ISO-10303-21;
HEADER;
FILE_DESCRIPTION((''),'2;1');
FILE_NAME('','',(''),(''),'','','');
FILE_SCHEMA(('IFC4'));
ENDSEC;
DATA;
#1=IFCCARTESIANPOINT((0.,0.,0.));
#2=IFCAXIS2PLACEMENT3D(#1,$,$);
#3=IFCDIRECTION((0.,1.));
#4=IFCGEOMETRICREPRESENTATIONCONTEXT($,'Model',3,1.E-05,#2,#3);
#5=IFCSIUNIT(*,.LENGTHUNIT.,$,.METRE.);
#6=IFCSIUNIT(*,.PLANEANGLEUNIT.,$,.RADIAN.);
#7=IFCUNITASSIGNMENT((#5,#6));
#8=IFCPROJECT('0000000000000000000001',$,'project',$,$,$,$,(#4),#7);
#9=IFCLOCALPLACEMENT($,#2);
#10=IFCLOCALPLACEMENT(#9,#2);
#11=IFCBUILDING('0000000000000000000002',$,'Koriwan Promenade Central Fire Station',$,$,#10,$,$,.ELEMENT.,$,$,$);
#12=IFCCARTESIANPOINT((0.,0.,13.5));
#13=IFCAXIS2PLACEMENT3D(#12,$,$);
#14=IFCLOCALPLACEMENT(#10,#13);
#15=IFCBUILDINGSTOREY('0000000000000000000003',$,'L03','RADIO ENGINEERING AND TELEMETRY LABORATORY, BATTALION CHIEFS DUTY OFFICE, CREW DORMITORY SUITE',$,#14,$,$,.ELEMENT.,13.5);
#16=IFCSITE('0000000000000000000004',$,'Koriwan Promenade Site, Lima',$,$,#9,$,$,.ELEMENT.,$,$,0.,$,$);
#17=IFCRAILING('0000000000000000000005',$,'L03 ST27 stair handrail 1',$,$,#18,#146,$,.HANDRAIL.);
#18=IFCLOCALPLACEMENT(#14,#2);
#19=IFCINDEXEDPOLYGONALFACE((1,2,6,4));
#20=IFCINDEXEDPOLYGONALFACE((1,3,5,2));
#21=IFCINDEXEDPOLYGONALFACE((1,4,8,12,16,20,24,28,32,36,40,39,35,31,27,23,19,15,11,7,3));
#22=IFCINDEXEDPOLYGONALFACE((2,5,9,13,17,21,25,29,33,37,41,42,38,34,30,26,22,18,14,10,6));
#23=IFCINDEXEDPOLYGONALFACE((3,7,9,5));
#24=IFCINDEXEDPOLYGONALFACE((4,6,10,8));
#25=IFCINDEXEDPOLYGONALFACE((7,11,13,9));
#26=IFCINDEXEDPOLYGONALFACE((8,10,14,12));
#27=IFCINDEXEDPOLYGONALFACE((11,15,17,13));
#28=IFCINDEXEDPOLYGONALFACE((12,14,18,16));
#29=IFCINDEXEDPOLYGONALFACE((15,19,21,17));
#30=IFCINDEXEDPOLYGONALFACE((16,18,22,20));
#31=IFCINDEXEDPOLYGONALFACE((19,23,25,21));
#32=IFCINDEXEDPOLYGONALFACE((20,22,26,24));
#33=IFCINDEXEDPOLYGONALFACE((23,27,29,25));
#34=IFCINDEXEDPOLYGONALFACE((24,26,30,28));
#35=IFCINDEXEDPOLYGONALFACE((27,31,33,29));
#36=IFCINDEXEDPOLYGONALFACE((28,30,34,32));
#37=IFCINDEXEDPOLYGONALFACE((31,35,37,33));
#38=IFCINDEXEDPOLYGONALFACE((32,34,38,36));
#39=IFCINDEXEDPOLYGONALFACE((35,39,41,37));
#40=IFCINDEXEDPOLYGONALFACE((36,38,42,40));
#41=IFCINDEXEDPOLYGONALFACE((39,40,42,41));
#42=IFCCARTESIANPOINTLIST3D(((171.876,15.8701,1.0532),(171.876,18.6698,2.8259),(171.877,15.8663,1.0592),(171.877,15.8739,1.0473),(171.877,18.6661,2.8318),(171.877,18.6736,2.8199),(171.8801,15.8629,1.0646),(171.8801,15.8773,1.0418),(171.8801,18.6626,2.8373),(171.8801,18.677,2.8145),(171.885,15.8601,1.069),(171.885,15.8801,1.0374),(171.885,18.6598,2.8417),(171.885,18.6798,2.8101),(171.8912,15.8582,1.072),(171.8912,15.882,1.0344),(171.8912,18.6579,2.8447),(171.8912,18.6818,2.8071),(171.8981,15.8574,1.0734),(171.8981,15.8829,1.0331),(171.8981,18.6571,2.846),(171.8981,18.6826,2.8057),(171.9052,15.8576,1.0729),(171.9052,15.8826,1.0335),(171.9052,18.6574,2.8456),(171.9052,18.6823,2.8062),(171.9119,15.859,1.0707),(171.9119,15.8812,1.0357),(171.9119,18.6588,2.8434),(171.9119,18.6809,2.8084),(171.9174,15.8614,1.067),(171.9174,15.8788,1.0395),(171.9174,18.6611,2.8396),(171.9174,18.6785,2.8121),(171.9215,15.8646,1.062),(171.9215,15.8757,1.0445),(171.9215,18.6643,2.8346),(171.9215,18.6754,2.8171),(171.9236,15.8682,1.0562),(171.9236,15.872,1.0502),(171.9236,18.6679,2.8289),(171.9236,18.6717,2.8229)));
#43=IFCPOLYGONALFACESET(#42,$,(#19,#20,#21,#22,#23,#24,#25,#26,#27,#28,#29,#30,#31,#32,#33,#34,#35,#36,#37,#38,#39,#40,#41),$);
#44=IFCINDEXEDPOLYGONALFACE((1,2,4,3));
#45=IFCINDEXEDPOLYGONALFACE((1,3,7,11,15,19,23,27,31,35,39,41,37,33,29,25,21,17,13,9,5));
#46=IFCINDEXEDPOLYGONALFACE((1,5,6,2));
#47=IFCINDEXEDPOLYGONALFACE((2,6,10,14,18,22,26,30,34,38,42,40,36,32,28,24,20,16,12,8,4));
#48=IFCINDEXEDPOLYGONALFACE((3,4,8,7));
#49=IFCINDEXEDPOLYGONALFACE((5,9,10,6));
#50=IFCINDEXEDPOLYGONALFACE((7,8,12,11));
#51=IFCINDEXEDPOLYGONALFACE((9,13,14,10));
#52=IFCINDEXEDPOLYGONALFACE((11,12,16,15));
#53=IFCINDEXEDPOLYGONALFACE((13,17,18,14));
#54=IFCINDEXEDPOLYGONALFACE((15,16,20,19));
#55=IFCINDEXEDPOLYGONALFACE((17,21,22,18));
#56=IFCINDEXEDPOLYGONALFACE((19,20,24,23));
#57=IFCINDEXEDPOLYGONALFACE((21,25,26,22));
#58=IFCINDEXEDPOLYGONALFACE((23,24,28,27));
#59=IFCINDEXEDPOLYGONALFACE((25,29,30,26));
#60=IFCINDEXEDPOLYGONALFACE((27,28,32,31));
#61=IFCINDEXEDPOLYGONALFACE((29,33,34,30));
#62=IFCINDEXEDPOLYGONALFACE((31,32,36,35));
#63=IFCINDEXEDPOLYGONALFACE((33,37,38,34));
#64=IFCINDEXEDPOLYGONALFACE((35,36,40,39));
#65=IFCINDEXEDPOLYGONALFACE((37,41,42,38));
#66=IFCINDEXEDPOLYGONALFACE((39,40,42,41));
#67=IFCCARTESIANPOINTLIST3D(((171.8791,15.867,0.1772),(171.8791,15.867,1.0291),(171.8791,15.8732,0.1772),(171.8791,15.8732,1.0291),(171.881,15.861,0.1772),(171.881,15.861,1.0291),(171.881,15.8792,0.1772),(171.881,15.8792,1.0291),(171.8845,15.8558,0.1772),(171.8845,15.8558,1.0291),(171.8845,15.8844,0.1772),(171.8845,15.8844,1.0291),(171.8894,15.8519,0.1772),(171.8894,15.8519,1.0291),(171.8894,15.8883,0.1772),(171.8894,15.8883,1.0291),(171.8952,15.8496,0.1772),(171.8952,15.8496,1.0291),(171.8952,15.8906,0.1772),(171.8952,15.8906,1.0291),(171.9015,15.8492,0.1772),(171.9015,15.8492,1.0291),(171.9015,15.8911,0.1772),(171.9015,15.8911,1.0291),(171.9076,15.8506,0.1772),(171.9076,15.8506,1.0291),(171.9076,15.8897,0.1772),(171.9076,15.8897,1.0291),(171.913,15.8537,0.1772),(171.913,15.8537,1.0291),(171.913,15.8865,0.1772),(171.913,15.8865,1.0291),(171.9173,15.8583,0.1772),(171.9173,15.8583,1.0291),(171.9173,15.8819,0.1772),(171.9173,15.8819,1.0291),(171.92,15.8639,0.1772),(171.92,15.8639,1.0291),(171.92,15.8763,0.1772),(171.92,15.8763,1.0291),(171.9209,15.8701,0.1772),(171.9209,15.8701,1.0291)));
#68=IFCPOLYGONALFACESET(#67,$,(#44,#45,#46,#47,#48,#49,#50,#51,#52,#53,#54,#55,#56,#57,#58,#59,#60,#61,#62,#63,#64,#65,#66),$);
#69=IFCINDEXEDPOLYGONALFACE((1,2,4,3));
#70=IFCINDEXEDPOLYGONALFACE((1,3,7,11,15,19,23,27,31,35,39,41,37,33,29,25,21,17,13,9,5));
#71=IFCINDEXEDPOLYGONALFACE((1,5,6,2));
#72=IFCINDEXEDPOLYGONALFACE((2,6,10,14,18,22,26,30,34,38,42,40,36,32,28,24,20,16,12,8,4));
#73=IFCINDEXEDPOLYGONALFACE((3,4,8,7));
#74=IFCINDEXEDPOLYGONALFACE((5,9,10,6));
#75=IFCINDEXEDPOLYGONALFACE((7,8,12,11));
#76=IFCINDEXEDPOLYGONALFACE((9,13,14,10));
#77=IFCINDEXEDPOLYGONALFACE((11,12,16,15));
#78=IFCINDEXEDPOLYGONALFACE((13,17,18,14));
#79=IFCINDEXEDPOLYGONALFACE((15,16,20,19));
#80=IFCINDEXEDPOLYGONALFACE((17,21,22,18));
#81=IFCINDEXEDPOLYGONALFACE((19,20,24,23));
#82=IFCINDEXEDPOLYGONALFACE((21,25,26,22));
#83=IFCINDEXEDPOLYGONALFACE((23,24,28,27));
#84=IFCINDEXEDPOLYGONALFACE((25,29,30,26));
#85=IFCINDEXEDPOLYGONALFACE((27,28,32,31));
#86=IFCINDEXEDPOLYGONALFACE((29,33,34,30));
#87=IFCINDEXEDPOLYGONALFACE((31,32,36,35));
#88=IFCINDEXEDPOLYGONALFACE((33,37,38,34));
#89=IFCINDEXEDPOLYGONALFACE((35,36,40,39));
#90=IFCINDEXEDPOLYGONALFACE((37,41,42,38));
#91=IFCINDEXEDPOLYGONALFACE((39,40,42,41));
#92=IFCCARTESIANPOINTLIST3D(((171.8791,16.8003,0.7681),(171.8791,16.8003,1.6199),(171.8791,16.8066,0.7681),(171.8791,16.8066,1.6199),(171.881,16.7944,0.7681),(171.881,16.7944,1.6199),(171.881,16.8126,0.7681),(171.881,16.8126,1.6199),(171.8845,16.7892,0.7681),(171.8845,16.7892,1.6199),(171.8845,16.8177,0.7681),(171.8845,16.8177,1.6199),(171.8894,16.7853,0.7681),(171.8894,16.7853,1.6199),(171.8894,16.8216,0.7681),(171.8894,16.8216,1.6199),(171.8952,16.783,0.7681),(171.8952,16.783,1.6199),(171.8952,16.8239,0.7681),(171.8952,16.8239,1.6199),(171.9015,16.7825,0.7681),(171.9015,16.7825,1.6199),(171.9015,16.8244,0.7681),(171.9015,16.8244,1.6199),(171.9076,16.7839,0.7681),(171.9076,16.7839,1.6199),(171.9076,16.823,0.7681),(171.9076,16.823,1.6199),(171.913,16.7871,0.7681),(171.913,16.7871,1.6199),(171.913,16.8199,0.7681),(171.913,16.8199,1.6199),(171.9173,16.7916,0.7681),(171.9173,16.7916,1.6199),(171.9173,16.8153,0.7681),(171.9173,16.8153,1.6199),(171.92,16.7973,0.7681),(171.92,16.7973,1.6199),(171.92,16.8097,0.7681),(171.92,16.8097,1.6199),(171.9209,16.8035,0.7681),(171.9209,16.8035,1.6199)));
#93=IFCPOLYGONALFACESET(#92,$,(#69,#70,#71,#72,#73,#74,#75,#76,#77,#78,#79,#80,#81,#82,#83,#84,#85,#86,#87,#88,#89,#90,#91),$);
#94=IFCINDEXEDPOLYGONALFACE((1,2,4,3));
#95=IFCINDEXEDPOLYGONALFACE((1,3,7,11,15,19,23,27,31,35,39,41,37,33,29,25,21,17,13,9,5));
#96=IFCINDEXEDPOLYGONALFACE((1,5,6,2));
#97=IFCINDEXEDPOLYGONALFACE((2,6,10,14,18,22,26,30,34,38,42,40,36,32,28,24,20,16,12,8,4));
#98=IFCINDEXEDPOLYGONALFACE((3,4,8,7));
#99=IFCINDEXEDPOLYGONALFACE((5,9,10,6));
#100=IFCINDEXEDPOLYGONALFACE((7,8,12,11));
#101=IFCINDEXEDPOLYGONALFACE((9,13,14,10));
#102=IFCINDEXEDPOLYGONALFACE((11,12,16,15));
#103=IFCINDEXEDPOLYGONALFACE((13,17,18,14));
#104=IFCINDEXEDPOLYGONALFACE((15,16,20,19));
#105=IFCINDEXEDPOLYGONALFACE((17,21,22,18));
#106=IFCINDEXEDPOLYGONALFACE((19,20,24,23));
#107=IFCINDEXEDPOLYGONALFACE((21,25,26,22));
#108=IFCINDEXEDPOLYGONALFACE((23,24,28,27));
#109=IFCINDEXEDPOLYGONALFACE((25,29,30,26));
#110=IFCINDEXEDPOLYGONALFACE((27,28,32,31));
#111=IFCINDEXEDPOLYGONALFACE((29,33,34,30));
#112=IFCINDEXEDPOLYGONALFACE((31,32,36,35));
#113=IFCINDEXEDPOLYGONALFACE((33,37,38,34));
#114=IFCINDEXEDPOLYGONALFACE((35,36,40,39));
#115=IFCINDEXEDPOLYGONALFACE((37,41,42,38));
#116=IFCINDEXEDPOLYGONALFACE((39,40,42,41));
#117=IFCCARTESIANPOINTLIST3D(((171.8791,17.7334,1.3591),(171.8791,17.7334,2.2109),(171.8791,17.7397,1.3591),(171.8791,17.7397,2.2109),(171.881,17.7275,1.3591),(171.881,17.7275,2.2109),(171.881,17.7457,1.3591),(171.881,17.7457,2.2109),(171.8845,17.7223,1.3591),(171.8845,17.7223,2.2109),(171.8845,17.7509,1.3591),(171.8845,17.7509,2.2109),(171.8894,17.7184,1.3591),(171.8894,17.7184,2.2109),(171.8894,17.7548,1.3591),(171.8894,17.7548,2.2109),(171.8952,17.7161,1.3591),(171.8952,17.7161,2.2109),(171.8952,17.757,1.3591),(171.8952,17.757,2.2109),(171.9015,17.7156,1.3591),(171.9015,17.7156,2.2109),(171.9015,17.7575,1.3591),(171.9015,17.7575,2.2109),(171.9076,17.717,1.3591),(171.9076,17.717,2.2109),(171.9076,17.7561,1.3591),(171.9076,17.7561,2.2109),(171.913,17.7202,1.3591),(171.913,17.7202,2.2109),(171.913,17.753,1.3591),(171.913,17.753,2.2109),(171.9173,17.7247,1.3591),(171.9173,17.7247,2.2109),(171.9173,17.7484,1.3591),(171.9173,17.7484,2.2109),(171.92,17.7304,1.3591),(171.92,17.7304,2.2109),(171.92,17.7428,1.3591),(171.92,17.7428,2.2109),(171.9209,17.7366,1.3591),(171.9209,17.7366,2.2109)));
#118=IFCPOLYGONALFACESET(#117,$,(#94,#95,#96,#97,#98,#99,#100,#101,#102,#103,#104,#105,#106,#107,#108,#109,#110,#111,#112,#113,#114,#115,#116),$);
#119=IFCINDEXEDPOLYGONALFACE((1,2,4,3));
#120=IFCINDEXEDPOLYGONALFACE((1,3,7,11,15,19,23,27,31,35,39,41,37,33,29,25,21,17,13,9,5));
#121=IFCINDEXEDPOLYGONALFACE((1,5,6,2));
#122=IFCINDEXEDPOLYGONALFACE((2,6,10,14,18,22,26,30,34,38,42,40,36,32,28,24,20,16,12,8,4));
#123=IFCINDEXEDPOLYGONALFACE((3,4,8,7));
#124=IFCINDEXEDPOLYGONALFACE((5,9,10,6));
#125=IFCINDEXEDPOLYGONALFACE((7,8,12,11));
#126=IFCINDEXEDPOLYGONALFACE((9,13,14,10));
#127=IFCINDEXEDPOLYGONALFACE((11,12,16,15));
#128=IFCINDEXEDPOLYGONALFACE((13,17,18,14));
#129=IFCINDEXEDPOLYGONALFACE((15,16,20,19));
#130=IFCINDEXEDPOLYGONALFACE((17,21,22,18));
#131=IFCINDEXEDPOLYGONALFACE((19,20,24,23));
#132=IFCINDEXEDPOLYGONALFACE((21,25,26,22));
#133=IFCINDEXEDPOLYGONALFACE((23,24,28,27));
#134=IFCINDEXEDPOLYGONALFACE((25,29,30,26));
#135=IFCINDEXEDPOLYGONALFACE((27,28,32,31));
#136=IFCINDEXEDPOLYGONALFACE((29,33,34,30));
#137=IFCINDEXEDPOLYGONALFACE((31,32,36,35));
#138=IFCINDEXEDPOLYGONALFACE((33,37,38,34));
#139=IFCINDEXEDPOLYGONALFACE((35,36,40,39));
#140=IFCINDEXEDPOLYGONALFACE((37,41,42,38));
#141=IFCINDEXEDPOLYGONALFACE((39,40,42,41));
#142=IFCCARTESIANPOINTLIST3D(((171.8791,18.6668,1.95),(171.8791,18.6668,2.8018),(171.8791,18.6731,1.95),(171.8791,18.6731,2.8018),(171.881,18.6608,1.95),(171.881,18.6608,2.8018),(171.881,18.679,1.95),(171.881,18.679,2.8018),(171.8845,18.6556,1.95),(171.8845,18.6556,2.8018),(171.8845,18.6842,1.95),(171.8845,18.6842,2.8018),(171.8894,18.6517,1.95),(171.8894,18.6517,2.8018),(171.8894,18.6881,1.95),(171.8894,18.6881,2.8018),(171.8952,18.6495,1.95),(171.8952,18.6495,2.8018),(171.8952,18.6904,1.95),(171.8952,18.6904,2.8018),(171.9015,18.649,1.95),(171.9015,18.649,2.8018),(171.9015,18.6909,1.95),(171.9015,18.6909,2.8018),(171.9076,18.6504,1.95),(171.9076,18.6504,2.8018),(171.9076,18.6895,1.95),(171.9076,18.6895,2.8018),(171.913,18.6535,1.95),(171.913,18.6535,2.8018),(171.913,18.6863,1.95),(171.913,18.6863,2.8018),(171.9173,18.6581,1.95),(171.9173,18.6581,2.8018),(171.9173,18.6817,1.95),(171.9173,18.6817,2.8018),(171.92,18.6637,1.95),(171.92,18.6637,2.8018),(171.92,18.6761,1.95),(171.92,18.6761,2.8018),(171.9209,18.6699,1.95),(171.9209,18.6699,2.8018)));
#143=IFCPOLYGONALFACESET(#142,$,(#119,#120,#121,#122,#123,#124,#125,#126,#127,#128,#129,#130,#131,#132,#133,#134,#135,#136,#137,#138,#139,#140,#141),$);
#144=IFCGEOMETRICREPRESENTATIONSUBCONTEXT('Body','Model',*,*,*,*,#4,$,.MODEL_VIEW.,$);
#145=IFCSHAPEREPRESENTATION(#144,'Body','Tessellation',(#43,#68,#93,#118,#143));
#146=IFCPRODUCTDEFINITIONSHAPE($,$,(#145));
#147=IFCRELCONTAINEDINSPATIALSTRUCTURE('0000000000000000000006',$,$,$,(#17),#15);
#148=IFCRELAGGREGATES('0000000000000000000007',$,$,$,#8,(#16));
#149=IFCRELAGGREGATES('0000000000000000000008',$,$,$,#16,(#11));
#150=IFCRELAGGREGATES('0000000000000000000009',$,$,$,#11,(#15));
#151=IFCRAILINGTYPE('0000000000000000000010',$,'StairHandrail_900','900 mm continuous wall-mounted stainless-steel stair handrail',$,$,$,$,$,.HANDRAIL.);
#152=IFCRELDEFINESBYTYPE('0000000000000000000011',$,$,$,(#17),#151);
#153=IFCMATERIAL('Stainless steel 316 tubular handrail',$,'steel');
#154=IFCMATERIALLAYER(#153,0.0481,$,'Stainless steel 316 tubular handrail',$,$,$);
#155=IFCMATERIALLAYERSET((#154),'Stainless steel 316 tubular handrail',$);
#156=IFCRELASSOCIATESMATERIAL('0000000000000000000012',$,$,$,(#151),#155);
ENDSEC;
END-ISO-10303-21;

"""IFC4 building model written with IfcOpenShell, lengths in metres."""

from ifc_helpers import new_model, si_unit, direction, frame, origin, origin_2d, place, context, subcontext, project, spatial, circle, extrude, material, layer, layer_set, type_object, element, save


model = new_model("IFC4")

# Units and contexts
model_context = context("Model", 3, precision=1e-05, world=origin(), true_north=direction((0.0, 1.0)))
body_context = subcontext(model_context, "Body", "Model", "MODEL_VIEW")
ifc_project = project(units=[si_unit("LENGTHUNIT", "METRE"), si_unit("PLANEANGLEUNIT", "RADIAN")], contexts=[model_context])

# Site, building, storey
site_placement = place(None, origin())
site = spatial("IfcSite", under=ifc_project, at=site_placement, Name="Koriwan Promenade Site, Lima", CompositionType="ELEMENT", RefElevation=0.0)
building_placement = place(site_placement, origin())
building = spatial("IfcBuilding", under=site, at=building_placement, Name="Koriwan Promenade Central Fire Station", CompositionType="ELEMENT")
storey_placement = place(building_placement, frame((0.0, 0.0, 13.5)))
storey = spatial("IfcBuildingStorey", under=building, at=storey_placement, Name="L03", Description="RADIO ENGINEERING AND TELEMETRY LABORATORY, BATTALION CHIEFS DUTY OFFICE, CREW DORMITORY SUITE", CompositionType="ELEMENT", Elevation=13.5)

# Railing
ifc_material_1 = material(Name="Stainless steel 316 tubular handrail", Category="steel")
ifc_layer_1 = layer(ifc_material_1, 0.0481, Name="Stainless steel 316 tubular handrail")
ifc_layer_set_1 = layer_set([ifc_layer_1], Name="Stainless steel 316 tubular handrail")
railing_type_1 = type_object("IfcRailingType", Name="StairHandrail_900", Description="900 mm continuous wall-mounted stainless-steel stair handrail", PredefinedType="HANDRAIL", material=ifc_layer_set_1)
railing_1_placement = place(storey_placement, frame((171.8999, 15.8701, 0.1772)))
element("IfcRailing", 1, at=railing_1_placement, inside=storey, type_object=railing_type_1, Name="L03 ST27 stair handrail 1", PredefinedType="HANDRAIL", context=body_context, shape_type="SweptSolid", body=[
    extrude(circle(Radius=0.0239, at=origin_2d()), frame((0.0, 0.0, 0.876), z_axis=(0.0, 0.844888, 0.534943), x_axis=(-1.0, 0.0, 0.0)), (0.0, 0.0, 1.0), 3.3137),
    extrude(circle(Radius=0.021, at=origin_2d()), origin(), (0.0, 0.0, 1.0), 0.8518),
    extrude(circle(Radius=0.021, at=origin_2d()), frame((0.0, 0.9333, 0.5908)), (0.0, 0.0, 1.0), 0.8518),
    extrude(circle(Radius=0.021, at=origin_2d()), frame((0.0, 1.8665, 1.1819)), (0.0, 0.0, 1.0), 0.8518),
    extrude(circle(Radius=0.021, at=origin_2d()), frame((0.0, 2.7998, 1.7727)), (0.0, 0.0, 1.0), 0.8518),
])

save(model, "model.ifc")
